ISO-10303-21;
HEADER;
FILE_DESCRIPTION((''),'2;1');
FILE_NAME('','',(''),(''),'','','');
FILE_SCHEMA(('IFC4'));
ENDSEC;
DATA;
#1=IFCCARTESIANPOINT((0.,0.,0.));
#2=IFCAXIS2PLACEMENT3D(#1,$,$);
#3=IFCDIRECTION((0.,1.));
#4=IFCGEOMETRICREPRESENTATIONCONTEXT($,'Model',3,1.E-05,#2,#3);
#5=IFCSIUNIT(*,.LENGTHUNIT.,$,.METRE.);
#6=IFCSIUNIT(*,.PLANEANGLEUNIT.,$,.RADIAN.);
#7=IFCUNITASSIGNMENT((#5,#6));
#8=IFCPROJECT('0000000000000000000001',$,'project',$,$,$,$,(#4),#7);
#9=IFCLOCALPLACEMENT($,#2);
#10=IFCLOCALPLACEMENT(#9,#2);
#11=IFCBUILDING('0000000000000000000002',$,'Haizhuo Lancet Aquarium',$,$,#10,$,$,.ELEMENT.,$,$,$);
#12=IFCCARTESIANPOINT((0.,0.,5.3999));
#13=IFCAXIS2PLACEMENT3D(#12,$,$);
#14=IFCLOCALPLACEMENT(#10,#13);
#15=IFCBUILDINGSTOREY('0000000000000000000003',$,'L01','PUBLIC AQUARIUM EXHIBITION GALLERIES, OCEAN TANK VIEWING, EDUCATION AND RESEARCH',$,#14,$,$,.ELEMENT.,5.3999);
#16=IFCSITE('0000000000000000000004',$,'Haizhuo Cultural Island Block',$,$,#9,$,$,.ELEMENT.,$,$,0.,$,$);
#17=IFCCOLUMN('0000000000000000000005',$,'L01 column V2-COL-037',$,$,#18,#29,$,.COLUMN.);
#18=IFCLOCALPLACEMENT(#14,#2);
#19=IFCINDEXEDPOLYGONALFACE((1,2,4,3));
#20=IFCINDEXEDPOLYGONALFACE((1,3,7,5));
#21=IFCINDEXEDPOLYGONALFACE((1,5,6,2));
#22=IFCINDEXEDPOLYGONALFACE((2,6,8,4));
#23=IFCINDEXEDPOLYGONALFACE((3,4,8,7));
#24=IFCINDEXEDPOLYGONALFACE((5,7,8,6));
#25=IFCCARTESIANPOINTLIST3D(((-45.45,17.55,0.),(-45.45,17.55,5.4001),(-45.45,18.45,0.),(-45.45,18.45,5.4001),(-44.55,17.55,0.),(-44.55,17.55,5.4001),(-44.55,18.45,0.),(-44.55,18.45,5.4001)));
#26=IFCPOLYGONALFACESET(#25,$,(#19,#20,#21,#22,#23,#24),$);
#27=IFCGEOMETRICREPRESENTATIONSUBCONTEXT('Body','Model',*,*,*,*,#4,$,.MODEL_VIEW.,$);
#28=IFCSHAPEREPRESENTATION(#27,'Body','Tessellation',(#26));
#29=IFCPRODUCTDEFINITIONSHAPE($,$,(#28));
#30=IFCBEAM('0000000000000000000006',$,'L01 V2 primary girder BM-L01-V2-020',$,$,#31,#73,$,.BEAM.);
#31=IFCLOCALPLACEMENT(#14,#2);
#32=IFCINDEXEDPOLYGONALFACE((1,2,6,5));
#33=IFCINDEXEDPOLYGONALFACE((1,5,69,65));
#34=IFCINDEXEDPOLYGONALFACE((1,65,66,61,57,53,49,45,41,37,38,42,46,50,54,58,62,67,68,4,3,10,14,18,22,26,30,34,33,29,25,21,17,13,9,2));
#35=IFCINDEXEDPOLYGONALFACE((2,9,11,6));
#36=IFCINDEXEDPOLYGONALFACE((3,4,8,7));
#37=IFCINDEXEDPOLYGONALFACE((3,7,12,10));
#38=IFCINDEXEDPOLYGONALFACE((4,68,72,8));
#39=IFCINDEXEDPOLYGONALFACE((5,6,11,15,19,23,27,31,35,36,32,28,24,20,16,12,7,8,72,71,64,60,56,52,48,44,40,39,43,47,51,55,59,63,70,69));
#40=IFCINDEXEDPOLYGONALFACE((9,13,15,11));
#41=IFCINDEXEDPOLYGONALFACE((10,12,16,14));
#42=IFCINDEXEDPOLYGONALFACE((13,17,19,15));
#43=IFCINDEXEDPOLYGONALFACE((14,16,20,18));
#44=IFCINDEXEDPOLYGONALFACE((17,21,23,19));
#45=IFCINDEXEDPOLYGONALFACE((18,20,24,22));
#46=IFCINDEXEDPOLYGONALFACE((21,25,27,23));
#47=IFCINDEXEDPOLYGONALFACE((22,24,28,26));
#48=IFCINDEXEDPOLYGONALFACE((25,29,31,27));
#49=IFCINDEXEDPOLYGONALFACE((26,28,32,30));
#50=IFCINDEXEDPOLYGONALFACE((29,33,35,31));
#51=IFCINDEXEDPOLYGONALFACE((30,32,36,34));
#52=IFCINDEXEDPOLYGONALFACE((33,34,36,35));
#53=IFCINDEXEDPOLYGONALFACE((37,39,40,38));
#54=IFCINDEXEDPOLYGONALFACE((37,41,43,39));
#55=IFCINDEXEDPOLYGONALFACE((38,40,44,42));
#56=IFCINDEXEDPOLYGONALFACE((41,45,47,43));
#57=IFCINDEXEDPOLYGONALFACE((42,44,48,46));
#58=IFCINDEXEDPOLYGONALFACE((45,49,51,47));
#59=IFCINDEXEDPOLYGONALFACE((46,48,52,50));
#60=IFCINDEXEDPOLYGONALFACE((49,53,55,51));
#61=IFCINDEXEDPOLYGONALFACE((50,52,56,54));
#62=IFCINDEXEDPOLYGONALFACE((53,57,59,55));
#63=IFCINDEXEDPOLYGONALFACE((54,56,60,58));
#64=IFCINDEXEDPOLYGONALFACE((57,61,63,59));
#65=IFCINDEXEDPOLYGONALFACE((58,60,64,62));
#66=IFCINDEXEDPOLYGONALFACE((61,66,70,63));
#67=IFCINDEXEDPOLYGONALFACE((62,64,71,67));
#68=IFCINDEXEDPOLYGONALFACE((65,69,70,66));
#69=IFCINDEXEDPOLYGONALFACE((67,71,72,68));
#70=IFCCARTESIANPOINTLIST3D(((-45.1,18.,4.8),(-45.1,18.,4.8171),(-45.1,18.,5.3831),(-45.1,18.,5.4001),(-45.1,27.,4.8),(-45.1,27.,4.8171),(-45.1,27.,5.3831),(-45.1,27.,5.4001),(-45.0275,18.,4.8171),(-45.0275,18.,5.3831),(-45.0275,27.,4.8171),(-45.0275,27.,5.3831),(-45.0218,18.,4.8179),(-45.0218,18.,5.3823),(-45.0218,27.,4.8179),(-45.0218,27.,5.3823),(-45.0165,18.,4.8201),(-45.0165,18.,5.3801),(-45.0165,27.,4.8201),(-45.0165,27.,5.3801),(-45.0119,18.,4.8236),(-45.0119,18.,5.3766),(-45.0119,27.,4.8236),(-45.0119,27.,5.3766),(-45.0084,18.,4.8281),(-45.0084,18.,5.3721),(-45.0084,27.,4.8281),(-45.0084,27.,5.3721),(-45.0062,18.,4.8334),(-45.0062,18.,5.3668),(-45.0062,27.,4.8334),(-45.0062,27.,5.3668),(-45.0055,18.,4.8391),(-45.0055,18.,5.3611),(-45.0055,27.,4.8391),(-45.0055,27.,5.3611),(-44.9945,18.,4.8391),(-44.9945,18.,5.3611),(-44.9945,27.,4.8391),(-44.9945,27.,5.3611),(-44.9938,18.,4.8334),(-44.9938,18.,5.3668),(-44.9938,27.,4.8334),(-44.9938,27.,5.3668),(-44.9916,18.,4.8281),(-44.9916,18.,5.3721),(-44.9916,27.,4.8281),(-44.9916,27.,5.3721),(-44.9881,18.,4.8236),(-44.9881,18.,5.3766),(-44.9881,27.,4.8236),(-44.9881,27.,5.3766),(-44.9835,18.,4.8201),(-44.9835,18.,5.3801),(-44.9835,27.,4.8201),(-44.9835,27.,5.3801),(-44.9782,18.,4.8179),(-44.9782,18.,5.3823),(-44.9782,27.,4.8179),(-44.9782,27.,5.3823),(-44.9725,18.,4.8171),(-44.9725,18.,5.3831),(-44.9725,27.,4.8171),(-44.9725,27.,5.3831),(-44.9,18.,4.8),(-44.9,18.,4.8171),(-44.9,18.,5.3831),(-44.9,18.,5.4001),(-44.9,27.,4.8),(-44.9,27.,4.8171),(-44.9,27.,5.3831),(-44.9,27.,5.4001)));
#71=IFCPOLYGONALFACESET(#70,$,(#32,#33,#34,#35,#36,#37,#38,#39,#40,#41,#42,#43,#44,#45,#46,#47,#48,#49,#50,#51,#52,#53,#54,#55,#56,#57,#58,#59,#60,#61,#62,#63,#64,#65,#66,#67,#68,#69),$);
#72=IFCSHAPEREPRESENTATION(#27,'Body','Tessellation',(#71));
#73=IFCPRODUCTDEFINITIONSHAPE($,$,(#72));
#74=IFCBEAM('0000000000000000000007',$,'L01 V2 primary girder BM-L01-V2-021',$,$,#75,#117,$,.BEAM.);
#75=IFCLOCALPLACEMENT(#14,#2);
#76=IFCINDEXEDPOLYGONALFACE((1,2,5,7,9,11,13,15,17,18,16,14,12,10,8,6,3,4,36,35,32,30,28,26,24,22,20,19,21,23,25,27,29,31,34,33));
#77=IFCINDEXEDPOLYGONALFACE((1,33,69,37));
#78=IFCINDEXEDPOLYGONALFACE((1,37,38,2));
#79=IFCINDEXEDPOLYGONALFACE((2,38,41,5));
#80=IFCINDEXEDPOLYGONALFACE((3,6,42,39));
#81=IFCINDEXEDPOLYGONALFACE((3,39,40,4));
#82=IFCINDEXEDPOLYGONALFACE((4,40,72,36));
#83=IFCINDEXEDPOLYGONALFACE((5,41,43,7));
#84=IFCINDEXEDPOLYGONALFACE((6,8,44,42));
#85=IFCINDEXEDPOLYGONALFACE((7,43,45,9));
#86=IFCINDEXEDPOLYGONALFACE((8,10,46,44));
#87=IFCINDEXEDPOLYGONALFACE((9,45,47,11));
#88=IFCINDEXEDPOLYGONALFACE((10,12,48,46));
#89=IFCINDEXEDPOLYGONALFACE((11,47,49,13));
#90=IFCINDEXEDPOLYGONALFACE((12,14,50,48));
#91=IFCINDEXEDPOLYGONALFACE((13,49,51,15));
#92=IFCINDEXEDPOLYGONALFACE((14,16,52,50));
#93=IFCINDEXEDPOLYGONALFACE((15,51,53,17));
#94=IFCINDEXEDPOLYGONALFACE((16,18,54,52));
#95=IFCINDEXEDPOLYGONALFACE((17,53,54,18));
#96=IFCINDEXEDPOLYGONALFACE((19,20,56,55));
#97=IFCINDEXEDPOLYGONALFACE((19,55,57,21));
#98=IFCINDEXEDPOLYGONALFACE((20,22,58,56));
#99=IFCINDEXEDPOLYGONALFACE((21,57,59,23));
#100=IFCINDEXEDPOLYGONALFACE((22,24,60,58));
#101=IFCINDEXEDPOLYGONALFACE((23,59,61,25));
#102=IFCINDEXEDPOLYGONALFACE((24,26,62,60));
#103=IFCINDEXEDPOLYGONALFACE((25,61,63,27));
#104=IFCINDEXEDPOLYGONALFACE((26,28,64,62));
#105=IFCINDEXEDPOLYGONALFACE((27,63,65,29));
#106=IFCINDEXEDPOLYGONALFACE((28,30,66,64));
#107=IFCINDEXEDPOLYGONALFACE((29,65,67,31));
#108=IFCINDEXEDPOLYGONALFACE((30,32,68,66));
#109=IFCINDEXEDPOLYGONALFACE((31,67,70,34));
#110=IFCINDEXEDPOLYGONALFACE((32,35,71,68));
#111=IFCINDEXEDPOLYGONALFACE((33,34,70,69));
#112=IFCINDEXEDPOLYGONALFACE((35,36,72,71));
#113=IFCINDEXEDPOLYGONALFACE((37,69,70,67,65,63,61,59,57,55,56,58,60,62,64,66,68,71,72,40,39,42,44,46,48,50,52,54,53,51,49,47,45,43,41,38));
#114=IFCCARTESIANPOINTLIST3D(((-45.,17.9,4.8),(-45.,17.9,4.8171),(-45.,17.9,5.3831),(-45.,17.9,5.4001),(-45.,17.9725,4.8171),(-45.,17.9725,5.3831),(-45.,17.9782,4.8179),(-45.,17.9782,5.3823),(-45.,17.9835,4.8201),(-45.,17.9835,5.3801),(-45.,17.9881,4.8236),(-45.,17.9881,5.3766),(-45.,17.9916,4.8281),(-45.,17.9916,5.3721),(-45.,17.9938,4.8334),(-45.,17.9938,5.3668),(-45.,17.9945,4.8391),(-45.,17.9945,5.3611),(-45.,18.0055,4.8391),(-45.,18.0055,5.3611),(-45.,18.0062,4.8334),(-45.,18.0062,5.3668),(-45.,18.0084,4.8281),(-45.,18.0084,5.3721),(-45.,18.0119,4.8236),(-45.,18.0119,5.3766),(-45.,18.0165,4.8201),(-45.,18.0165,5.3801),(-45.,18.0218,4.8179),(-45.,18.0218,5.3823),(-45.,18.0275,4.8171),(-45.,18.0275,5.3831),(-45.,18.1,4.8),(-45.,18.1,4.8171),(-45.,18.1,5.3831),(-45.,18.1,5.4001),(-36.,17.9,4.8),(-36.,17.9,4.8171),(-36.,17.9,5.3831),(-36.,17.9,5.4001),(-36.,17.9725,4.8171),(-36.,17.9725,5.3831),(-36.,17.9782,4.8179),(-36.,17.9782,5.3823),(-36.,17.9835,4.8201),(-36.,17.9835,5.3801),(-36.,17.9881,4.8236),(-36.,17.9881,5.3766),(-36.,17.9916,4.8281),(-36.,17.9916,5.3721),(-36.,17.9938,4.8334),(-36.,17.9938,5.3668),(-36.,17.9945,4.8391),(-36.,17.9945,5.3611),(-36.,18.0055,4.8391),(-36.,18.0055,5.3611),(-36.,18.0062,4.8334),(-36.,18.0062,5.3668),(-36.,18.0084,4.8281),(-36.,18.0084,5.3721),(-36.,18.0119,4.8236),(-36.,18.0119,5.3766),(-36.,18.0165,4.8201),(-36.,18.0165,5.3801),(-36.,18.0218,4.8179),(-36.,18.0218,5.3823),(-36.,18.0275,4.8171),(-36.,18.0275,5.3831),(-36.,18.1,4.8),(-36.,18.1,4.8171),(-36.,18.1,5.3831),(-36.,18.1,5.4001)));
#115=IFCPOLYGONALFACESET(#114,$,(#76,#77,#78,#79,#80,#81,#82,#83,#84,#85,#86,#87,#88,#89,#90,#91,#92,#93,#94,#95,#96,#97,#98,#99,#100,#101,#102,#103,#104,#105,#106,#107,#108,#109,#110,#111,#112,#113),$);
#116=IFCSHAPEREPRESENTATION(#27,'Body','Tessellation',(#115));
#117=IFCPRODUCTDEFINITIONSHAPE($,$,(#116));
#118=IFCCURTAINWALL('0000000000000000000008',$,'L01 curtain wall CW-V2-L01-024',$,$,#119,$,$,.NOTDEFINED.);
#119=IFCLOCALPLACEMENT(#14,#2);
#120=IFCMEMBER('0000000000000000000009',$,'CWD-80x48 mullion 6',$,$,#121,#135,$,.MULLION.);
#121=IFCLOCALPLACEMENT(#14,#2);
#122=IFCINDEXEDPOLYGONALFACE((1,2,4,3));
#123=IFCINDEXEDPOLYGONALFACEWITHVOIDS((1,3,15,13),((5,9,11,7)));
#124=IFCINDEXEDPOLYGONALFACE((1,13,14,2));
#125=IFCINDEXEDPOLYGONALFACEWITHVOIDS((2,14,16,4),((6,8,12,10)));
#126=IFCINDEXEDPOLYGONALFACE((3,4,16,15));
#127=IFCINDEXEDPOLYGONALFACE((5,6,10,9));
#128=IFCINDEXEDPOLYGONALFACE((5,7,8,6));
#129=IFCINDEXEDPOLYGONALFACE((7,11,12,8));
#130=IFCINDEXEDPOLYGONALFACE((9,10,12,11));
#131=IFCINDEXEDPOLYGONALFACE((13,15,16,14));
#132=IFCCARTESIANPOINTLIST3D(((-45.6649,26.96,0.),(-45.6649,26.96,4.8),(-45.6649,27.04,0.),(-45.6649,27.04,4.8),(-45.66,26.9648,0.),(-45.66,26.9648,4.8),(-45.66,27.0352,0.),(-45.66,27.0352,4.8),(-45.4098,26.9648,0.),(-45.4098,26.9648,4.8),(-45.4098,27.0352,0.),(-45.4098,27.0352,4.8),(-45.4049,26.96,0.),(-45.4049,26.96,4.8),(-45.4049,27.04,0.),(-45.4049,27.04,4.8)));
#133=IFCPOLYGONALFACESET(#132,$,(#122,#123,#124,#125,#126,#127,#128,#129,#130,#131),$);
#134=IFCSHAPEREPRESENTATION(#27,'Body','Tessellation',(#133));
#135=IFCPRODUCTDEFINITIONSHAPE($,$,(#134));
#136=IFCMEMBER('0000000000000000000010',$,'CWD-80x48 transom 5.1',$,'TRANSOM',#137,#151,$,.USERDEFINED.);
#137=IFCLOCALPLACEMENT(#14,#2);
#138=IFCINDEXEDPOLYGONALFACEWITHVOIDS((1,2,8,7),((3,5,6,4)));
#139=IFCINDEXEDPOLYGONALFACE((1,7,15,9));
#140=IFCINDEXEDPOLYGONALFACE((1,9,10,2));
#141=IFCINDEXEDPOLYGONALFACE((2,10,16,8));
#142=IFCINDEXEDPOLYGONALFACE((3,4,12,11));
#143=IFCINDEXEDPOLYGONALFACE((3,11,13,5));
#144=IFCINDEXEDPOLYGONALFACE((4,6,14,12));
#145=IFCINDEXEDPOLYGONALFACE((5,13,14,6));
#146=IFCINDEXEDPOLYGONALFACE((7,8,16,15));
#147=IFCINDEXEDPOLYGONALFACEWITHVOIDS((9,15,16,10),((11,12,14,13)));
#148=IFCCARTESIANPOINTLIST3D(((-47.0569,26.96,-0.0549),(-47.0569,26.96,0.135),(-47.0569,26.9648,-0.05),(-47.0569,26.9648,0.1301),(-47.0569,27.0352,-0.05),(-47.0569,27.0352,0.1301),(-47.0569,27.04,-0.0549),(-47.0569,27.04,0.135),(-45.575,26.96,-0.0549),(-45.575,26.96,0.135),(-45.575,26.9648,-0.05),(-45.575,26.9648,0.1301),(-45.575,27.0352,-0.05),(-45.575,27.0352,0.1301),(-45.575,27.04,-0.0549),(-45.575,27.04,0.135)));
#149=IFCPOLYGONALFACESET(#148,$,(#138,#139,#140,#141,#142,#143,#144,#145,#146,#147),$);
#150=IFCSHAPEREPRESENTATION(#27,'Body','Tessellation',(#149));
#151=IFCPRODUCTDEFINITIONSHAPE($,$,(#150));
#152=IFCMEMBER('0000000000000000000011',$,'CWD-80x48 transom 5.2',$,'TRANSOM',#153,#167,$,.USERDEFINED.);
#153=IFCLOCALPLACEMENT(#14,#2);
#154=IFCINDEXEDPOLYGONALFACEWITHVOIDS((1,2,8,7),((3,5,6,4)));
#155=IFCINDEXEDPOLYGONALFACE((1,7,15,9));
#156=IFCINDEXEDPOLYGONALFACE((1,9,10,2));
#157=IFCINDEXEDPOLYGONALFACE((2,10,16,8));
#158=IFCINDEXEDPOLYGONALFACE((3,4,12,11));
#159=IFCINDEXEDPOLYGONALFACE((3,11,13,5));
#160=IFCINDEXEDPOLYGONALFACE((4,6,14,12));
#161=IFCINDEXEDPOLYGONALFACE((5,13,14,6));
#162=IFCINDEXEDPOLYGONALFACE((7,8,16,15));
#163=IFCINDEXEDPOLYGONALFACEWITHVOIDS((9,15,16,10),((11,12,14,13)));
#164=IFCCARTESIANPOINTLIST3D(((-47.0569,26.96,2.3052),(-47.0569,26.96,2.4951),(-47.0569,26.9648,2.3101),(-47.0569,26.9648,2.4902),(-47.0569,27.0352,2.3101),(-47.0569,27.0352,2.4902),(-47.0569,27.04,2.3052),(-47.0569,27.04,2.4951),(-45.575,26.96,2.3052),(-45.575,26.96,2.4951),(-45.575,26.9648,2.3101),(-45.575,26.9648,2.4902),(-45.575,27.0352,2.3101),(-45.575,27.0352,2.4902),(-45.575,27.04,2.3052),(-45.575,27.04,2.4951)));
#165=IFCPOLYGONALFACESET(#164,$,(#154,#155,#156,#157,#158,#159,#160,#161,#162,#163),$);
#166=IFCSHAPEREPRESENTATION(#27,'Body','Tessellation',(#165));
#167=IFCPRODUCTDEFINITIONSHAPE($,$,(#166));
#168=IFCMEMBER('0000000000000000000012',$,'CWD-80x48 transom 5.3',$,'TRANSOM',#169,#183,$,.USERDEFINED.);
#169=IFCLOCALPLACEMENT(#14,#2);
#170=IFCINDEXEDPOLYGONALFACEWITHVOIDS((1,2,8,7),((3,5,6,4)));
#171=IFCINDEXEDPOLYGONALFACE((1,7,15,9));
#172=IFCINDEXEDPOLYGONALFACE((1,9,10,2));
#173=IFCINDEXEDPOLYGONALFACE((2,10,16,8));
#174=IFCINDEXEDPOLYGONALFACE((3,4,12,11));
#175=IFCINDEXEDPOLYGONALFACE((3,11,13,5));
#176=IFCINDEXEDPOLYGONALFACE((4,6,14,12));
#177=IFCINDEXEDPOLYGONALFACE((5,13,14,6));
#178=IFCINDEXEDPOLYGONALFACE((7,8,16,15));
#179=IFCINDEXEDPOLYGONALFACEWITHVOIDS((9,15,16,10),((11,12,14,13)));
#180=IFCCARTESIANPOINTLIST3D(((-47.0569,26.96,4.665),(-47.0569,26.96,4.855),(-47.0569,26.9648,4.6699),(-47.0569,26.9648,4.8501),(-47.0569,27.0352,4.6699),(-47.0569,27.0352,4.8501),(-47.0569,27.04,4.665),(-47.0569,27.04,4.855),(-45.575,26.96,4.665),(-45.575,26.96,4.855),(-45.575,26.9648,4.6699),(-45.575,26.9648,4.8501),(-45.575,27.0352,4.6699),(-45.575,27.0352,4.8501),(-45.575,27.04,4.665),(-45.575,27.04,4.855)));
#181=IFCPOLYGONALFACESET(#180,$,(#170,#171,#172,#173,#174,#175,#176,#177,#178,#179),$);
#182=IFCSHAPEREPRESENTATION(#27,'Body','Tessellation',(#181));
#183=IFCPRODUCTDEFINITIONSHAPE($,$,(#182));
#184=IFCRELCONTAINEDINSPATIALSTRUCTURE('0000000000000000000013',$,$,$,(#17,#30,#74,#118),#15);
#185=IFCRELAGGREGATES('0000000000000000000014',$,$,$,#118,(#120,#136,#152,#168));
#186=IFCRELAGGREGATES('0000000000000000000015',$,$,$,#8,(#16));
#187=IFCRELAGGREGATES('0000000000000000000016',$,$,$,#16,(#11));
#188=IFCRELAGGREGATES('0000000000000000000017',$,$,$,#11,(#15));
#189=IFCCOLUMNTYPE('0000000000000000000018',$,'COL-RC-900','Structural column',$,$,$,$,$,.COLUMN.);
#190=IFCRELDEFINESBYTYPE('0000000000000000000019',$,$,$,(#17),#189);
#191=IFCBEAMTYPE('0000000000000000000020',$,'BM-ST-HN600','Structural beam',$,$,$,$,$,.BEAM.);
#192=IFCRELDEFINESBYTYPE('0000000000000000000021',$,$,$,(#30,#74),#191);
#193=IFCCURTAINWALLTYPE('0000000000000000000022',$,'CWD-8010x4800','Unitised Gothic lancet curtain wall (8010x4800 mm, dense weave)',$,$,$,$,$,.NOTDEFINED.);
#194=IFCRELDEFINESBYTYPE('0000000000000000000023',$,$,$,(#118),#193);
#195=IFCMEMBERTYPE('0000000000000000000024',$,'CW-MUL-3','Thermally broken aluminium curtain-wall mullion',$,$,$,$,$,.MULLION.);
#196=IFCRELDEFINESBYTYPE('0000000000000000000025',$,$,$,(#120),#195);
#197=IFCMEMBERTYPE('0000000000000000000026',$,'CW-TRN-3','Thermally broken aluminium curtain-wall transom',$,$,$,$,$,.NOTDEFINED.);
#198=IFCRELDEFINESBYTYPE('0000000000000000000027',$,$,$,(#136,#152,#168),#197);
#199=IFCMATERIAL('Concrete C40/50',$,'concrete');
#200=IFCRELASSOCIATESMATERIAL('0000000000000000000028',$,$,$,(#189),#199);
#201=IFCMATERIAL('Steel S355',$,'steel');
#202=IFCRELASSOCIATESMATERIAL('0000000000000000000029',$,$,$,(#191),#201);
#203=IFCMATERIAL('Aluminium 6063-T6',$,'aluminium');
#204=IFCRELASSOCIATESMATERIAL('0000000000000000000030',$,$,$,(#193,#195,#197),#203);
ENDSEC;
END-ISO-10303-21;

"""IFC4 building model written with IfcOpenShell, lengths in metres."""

from ifc_helpers import new_model, si_unit, direction, frame, origin, origin_2d, place, context, subcontext, project, spatial, rectangle, hollow_rectangle, i_section, extrude, material, material_profile, profile_set, type_object, element, aggregate, save


model = new_model("IFC4")

# Units and contexts
model_context = context("Model", 3, precision=1e-05, world=origin(), true_north=direction((0.0, 1.0)))
body_context = subcontext(model_context, "Body", "Model", "MODEL_VIEW")
ifc_project = project(units=[si_unit("LENGTHUNIT", "METRE"), si_unit("PLANEANGLEUNIT", "RADIAN")], contexts=[model_context])

# Site, building, storey
site_placement = place(None, origin())
site = spatial("IfcSite", under=ifc_project, at=site_placement, Name="Haizhuo Cultural Island Block", CompositionType="ELEMENT", RefElevation=0.0)
building_placement = place(site_placement, origin())
building = spatial("IfcBuilding", under=site, at=building_placement, Name="Haizhuo Lancet Aquarium", CompositionType="ELEMENT")
storey_placement = place(building_placement, frame((0.0, 0.0, 5.3999)))
storey = spatial("IfcBuildingStorey", under=building, at=storey_placement, Name="L01", Description="PUBLIC AQUARIUM EXHIBITION GALLERIES, OCEAN TANK VIEWING, EDUCATION AND RESEARCH", CompositionType="ELEMENT", Elevation=5.3999)

# Column
ifc_material_1 = material(Name="Concrete C40/50", Category="concrete")
ifc_material_profile_1 = material_profile(ifc_material_1, rectangle(XDim=0.8999, YDim=0.8999, at=origin_2d()), Name="RC-COL 900x900")
ifc_profile_set_1 = profile_set([ifc_material_profile_1], Name="Concrete C40/50")
column_type = type_object("IfcColumnType", Name="COL-RC-900", Description="Structural column", PredefinedType="COLUMN", material=ifc_profile_set_1)
column_placement = place(storey_placement, frame((-45.0, 18.0, 0.0), z_axis=(0.0, 0.0, 1.0), x_axis=(1.0, 0.0, 0.0)))
element("IfcColumn", 1, at=column_placement, inside=storey, type_object=column_type, Name="L01 column V2-COL-037", PredefinedType="COLUMN", context=body_context, shape_type="SweptSolid", body=[
    extrude(rectangle(XDim=0.8999, YDim=0.8999, at=origin_2d()), origin(), (0.0, 0.0, 1.0), 5.4001),
])

# Beams
ifc_material_2 = material(Name="Steel S355", Category="steel")
ifc_material_profile_2 = material_profile(ifc_material_2, i_section(OverallWidth=0.2, OverallDepth=0.6001, WebThickness=0.011, FlangeThickness=0.0171, FilletRadius=0.022, at=origin_2d()), Name="HN 600x200x11x17")
ifc_profile_set_2 = profile_set([ifc_material_profile_2], Name="Steel S355")
beam_type = type_object("IfcBeamType", Name="BM-ST-HN600", Description="Structural beam", PredefinedType="BEAM", material=ifc_profile_set_2)
for number, where, z_axis, x_axis, name in (
    (2, (-45.0, 18.0, 5.1001), (0.0, 1.0, 0.0), (-1.0, 0.0, 0.0), "L01 V2 primary girder BM-L01-V2-020"),
    (3, (-45.0, 18.0, 5.1001), (1.0, 0.0, 0.0), (0.0, 1.0, 0.0), "L01 V2 primary girder BM-L01-V2-021"),
):
    element("IfcBeam", number, at=place(storey_placement, frame(where, z_axis=z_axis, x_axis=x_axis)), inside=storey, type_object=beam_type, Name=name, PredefinedType="BEAM", context=body_context, shape_type="SweptSolid", body=[
        extrude(i_section(OverallWidth=0.2, OverallDepth=0.6001, WebThickness=0.011, FlangeThickness=0.0171, FilletRadius=0.022, at=origin_2d()), origin(), (0.0, 0.0, 1.0), 9.0),
    ])

# Curtain wall, members
ifc_material_3 = material(Name="Aluminium 6063-T6", Category="aluminium")
curtain_wall_type = type_object("IfcCurtainWallType", Name="CWD-8010x4800", Description="Unitised Gothic lancet curtain wall (8010x4800 mm, dense weave)", PredefinedType="NOTDEFINED", material=ifc_material_3)
curtain_wall_placement = place(storey_placement, origin())
curtain_wall = element("IfcCurtainWall", 4, at=curtain_wall_placement, inside=storey, type_object=curtain_wall_type, Name="L01 curtain wall CW-V2-L01-024", PredefinedType="NOTDEFINED")
ifc_material_profile_3 = material_profile(ifc_material_3, hollow_rectangle(XDim=0.0801, YDim=0.26, WallThickness=0.0049, at=origin_2d()), Name="ALU-M 80x260x5")
ifc_profile_set_3 = profile_set([ifc_material_profile_3], Name="Aluminium 6063-T6")
member_type_1 = type_object("IfcMemberType", Name="CW-MUL-3", Description="Thermally broken aluminium curtain-wall mullion", PredefinedType="MULLION", material=ifc_profile_set_3)
member_1_placement = place(storey_placement, frame((-45.5349, 27.0, 0.0), z_axis=(0.0, 0.0, 1.0), x_axis=(0.0, 1.0, 0.0)))
member_1 = element("IfcMember", 5, at=member_1_placement, type_object=member_type_1, Name="CWD-80x48 mullion 6", PredefinedType="MULLION", context=body_context, shape_type="SweptSolid", body=[
    extrude(hollow_rectangle(XDim=0.0801, YDim=0.26, WallThickness=0.0049, at=origin_2d()), origin(), (0.0, 0.0, 1.0), 4.8),
])
ifc_material_profile_4 = material_profile(ifc_material_3, hollow_rectangle(XDim=0.0801, YDim=0.1899, WallThickness=0.0049, at=origin_2d()), Name="ALU-T 80x190x5")
ifc_profile_set_4 = profile_set([ifc_material_profile_4], Name="Aluminium 6063-T6")
member_type_2 = type_object("IfcMemberType", Name="CW-TRN-3", Description="Thermally broken aluminium curtain-wall transom", PredefinedType="NOTDEFINED", material=ifc_profile_set_4)
member_2_placement = place(storey_placement, frame((-47.0569, 27.0, 0.04), z_axis=(1.0, 0.0, 0.0), x_axis=(0.0, 1.0, 0.0)))
member_2 = element("IfcMember", 6, at=member_2_placement, type_object=member_type_2, Name="CWD-80x48 transom 5.1", ObjectType="TRANSOM", PredefinedType="USERDEFINED", context=body_context, shape_type="SweptSolid", body=[
    extrude(hollow_rectangle(XDim=0.0801, YDim=0.1899, WallThickness=0.0049, at=origin_2d()), origin(), (0.0, 0.0, 1.0), 1.4819),
])
member_3_placement = place(storey_placement, frame((-47.0569, 27.0, 2.4001), z_axis=(1.0, 0.0, 0.0), x_axis=(0.0, 1.0, 0.0)))
member_3 = element("IfcMember", 7, at=member_3_placement, type_object=member_type_2, Name="CWD-80x48 transom 5.2", ObjectType="TRANSOM", PredefinedType="USERDEFINED", context=body_context, shape_type="SweptSolid", body=[
    extrude(hollow_rectangle(XDim=0.0801, YDim=0.1899, WallThickness=0.0049, at=origin_2d()), origin(), (0.0, 0.0, 1.0), 1.4819),
])
member_4_placement = place(storey_placement, frame((-47.0569, 27.0, 4.76), z_axis=(1.0, 0.0, 0.0), x_axis=(0.0, 1.0, 0.0)))
member_4 = element("IfcMember", 8, at=member_4_placement, type_object=member_type_2, Name="CWD-80x48 transom 5.3", ObjectType="TRANSOM", PredefinedType="USERDEFINED", context=body_context, shape_type="SweptSolid", body=[
    extrude(hollow_rectangle(XDim=0.0801, YDim=0.1899, WallThickness=0.0049, at=origin_2d()), origin(), (0.0, 0.0, 1.0), 1.4819),
])

aggregate(curtain_wall, [member_1, member_2, member_3, member_4])

save(model, "model.ifc")
